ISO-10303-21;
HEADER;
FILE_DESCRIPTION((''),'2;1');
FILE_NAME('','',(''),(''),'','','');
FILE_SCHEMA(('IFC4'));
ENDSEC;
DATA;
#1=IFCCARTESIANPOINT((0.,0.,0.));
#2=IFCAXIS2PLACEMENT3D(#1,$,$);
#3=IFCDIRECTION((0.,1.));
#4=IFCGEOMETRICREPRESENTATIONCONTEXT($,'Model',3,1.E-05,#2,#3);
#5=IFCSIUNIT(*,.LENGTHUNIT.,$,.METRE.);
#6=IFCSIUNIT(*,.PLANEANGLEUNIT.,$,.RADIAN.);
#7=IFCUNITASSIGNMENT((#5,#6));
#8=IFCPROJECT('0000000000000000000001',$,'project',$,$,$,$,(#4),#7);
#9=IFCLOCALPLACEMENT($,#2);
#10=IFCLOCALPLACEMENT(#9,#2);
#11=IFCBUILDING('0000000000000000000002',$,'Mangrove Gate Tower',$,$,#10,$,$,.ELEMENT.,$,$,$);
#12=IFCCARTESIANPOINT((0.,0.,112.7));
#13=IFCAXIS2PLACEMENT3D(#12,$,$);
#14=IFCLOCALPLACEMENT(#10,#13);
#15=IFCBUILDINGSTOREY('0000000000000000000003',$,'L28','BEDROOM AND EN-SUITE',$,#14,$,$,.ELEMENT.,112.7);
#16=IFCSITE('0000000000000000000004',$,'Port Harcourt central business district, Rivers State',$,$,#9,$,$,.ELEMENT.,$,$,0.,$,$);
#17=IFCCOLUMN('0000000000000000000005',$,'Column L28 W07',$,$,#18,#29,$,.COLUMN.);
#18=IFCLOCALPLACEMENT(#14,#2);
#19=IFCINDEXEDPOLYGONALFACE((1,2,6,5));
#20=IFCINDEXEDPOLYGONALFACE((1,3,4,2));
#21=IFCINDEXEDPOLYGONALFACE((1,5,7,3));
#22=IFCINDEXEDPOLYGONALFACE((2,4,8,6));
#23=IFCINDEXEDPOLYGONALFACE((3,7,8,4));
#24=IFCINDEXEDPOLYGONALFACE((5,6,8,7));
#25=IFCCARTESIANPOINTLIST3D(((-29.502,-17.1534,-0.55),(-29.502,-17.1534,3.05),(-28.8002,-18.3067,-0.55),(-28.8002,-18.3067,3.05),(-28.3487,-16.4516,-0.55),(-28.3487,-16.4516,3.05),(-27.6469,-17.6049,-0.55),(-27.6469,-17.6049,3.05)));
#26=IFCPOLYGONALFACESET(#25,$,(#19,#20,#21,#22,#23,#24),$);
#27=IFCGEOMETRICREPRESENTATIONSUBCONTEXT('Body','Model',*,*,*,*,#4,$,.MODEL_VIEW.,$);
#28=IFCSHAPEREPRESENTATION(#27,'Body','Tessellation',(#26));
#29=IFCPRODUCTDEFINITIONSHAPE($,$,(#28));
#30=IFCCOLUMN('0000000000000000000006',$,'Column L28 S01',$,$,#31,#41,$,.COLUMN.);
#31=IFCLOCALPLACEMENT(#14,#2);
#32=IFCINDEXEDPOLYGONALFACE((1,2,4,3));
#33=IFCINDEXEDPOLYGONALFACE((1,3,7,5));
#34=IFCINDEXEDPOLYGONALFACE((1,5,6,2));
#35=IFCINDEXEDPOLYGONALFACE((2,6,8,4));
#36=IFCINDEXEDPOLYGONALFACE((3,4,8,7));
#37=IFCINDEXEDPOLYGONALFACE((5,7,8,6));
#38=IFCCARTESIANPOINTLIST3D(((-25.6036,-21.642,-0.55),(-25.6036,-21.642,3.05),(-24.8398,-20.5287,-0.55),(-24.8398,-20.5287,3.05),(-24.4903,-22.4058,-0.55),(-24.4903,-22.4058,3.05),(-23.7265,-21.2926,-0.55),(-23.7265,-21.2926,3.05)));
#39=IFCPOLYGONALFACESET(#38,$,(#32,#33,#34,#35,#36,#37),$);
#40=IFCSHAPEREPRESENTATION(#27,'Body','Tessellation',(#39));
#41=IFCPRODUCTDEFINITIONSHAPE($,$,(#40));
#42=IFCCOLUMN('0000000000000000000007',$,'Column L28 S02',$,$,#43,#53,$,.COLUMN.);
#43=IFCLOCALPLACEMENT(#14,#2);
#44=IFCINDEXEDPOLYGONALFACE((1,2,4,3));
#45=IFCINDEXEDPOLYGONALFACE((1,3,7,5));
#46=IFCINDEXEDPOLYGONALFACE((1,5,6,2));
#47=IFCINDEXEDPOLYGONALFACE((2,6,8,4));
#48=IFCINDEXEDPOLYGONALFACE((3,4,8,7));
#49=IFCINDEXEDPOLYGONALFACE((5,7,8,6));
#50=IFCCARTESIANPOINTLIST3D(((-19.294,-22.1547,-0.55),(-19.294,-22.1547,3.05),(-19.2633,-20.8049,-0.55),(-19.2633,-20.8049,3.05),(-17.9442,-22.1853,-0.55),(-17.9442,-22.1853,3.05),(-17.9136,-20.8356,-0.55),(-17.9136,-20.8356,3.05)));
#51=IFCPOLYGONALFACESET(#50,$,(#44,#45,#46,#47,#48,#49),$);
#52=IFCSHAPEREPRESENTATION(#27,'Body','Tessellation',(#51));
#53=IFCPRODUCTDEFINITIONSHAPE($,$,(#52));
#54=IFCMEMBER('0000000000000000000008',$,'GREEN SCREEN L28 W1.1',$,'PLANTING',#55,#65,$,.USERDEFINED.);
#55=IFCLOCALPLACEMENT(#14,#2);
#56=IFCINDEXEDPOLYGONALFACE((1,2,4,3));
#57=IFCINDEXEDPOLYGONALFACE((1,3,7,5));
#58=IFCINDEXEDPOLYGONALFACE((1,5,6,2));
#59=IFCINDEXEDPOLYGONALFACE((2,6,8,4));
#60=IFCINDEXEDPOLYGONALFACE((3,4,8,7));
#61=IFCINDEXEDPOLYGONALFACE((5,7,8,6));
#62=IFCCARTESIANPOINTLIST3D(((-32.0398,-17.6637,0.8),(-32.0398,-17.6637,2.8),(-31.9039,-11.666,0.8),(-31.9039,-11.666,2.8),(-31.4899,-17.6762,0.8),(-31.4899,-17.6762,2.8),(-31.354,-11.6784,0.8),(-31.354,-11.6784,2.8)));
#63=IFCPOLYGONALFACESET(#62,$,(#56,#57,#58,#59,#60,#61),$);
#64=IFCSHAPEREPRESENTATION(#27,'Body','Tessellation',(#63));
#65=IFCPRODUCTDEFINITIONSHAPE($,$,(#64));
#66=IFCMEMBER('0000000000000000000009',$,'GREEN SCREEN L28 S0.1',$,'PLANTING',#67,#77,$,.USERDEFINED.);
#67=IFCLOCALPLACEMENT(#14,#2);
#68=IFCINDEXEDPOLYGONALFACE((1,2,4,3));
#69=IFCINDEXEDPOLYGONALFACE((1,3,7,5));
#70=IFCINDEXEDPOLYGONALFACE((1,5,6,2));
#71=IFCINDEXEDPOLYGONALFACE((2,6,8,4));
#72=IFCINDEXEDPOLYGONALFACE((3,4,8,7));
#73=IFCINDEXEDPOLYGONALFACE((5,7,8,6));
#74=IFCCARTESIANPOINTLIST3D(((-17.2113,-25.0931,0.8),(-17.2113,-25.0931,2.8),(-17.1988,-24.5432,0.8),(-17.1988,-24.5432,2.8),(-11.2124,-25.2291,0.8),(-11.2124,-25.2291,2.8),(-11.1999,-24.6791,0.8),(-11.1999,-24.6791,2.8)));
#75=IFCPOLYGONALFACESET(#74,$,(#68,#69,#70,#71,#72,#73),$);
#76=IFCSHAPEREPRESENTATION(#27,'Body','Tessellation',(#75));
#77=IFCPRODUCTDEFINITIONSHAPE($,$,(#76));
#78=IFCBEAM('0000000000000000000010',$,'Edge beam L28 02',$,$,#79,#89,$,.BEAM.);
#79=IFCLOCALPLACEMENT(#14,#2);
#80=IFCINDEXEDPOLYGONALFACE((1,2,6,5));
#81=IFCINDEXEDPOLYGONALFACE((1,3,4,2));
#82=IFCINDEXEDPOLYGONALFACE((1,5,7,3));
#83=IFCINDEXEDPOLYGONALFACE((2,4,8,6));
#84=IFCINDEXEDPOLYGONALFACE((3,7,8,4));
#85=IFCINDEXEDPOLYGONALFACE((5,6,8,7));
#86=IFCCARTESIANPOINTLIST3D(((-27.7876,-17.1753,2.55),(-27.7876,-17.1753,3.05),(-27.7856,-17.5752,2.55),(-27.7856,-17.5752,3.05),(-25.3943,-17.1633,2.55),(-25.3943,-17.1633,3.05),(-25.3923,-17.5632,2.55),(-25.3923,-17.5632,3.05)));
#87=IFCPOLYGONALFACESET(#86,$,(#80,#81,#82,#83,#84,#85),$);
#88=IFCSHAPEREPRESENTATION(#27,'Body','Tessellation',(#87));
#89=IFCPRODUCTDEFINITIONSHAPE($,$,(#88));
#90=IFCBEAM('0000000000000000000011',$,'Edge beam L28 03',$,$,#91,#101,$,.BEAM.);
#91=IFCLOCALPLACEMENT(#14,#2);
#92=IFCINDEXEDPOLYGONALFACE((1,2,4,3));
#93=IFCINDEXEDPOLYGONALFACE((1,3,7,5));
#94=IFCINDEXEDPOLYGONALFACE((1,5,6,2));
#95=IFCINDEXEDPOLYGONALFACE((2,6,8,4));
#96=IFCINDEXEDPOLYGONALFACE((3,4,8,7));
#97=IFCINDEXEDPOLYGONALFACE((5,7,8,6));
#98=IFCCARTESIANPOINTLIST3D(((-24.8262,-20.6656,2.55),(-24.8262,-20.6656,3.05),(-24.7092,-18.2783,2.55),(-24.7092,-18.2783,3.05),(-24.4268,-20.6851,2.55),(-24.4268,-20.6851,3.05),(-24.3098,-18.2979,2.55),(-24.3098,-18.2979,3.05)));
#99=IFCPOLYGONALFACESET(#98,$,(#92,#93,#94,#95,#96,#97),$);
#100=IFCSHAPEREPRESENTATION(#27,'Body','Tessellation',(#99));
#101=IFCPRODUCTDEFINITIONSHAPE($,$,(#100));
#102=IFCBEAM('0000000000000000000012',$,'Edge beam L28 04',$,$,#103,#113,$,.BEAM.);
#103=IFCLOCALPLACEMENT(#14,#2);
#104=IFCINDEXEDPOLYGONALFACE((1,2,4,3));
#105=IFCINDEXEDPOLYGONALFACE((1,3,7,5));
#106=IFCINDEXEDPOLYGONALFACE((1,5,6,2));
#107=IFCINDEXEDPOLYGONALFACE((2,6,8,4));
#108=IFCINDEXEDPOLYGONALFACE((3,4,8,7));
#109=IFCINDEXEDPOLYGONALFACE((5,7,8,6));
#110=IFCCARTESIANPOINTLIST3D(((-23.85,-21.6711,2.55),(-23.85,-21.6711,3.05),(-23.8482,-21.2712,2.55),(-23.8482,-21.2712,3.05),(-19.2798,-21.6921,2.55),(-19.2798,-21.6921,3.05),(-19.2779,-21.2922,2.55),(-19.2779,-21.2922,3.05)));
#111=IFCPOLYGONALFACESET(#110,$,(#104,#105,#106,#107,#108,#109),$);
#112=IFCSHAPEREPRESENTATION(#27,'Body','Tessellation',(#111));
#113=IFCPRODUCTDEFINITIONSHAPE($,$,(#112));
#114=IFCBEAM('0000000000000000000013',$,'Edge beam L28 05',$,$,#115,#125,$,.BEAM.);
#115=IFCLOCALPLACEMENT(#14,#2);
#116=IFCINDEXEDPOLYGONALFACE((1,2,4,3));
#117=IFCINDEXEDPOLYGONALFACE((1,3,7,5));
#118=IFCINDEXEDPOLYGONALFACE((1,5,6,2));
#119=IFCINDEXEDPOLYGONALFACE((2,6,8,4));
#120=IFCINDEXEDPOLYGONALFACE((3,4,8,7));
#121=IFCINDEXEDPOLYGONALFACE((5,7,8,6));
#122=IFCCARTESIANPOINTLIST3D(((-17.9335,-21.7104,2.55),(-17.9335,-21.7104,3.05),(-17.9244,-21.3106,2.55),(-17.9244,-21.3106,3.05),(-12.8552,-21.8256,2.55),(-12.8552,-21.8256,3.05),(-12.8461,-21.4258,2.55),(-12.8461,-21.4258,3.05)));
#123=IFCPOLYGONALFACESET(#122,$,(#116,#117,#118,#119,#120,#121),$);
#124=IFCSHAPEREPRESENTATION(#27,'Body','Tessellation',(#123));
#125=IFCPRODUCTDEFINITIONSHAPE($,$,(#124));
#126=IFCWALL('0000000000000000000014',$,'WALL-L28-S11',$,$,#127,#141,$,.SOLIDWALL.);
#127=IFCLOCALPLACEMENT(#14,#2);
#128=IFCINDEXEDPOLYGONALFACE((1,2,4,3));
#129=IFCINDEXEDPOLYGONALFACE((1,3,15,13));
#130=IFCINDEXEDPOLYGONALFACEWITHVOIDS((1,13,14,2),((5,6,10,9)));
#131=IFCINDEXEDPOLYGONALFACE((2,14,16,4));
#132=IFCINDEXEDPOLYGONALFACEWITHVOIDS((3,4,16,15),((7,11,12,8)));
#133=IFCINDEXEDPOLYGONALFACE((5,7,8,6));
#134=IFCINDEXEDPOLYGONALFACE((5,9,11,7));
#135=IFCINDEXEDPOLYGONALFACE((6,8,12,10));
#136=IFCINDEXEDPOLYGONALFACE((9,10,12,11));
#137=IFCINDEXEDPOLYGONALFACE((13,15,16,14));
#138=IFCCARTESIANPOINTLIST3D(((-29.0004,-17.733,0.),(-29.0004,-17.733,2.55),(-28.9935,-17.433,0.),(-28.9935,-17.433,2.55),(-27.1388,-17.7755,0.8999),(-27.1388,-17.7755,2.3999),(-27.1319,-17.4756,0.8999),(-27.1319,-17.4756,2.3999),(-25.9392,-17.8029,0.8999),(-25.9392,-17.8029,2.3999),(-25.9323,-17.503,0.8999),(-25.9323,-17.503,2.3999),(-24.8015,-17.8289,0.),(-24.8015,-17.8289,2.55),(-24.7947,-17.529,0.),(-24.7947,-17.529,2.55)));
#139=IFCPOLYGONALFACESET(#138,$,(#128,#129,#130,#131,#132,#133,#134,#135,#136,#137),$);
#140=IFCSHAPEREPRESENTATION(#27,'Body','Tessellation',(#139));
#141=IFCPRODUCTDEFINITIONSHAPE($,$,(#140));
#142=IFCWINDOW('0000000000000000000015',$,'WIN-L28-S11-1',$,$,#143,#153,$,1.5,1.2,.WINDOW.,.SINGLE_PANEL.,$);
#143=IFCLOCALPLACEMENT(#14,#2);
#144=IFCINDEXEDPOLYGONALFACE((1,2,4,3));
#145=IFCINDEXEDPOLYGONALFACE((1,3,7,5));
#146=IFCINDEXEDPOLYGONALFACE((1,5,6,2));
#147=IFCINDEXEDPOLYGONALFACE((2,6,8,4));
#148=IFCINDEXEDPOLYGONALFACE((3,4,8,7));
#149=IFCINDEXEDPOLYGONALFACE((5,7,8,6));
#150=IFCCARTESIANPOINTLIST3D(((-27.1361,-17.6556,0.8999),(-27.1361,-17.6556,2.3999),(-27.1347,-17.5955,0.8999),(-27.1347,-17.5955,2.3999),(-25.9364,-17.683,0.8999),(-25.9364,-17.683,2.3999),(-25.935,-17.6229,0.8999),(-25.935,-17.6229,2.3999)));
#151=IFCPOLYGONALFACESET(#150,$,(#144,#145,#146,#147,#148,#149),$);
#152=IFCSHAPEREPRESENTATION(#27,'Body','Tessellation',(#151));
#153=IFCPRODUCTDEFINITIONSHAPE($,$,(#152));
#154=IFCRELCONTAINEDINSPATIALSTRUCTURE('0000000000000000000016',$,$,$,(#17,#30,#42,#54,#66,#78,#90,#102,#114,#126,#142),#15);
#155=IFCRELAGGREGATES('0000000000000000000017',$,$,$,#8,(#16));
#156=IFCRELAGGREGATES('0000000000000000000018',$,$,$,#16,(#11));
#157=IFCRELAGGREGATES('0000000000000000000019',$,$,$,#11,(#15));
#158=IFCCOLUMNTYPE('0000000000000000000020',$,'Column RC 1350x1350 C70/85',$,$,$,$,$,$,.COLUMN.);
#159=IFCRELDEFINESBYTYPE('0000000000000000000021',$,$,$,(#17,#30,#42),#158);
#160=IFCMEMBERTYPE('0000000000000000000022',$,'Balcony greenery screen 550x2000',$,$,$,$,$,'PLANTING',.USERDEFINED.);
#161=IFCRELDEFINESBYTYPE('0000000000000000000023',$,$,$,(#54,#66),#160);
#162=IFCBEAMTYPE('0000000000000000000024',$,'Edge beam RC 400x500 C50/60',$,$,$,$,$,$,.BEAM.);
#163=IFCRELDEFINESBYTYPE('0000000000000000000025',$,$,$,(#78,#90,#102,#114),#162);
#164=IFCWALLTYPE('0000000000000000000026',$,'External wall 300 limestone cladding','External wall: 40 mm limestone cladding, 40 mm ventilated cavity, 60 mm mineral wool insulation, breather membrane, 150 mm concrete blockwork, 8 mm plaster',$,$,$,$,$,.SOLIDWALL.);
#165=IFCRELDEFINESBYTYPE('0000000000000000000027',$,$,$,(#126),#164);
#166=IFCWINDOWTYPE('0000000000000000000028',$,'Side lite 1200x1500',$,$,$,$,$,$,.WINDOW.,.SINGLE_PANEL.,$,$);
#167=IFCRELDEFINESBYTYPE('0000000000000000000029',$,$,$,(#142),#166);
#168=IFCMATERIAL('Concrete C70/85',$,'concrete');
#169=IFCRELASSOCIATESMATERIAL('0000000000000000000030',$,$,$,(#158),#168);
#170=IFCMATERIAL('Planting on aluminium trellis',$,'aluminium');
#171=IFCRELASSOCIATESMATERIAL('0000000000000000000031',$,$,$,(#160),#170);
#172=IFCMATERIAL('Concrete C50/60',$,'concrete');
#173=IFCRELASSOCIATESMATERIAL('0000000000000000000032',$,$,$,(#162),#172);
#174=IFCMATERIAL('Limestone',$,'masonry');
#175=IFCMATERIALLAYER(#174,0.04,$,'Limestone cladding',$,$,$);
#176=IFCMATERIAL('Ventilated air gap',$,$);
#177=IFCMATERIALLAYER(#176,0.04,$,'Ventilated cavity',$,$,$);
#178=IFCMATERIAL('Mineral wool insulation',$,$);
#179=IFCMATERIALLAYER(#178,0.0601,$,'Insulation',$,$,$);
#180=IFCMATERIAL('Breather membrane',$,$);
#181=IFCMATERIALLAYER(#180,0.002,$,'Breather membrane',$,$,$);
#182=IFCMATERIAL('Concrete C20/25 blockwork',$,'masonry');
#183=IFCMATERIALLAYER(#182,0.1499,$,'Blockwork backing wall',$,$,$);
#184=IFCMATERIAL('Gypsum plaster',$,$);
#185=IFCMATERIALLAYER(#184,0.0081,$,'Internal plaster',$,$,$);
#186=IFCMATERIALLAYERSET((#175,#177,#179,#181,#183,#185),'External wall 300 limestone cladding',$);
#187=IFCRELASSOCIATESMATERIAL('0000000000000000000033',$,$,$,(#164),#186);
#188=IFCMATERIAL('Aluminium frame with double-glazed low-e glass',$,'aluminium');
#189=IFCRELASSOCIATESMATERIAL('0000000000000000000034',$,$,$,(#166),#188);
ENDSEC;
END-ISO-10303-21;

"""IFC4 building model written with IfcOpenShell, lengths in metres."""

from ifc_helpers import new_model, si_unit, direction, frame, frame_2d, origin, origin_2d, place, context, subcontext, project, spatial, rectangle, extrude, material, layer, layer_set, material_profile, profile_set, type_object, element, fill, save


model = new_model("IFC4")

# Units and contexts
model_context = context("Model", 3, precision=1e-05, world=origin(), true_north=direction((0.0, 1.0)))
body_context = subcontext(model_context, "Body", "Model", "MODEL_VIEW")
ifc_project = project(units=[si_unit("LENGTHUNIT", "METRE"), si_unit("PLANEANGLEUNIT", "RADIAN")], contexts=[model_context])

# Site, building, storey
site_placement = place(None, origin())
site = spatial("IfcSite", under=ifc_project, at=site_placement, Name="Port Harcourt central business district, Rivers State", CompositionType="ELEMENT", RefElevation=0.0)
building_placement = place(site_placement, origin())
building = spatial("IfcBuilding", under=site, at=building_placement, Name="Mangrove Gate Tower", CompositionType="ELEMENT")
storey_placement = place(building_placement, frame((0.0, 0.0, 112.7)))
storey = spatial("IfcBuildingStorey", under=building, at=storey_placement, Name="L28", Description="BEDROOM AND EN-SUITE", CompositionType="ELEMENT", Elevation=112.7)

# Columns
ifc_material_1 = material(Name="Concrete C70/85", Category="concrete")
ifc_material_profile_1 = material_profile(ifc_material_1, rectangle(XDim=1.3501, YDim=1.3501, at=origin_2d()))
ifc_profile_set_1 = profile_set([ifc_material_profile_1], Name="Concrete C70/85")
column_type = type_object("IfcColumnType", Name="Column RC 1350x1350 C70/85", PredefinedType="COLUMN", material=ifc_profile_set_1)
for number, where, z_axis, x_axis, name in (
    (1, (-28.5745, -17.3792, -0.55), (0.0, 0.0, 1.0), (0.519809, -0.854283, 0.0), "Column L28 W07"),
    (2, (-24.665, -21.4673, -0.55), (0.0, 0.0, 1.0), (0.824585, -0.565738, 0.0), "Column L28 S01"),
    (3, (-18.6038, -21.4951, -0.55), (0.0, 0.0, 1.0), (0.999742, -0.022707, 0.0), "Column L28 S02"),
):
    element("IfcColumn", number, at=place(storey_placement, frame(where, z_axis=z_axis, x_axis=x_axis)), inside=storey, type_object=column_type, Name=name, PredefinedType="COLUMN", context=body_context, shape_type="SweptSolid", body=[
        extrude(rectangle(XDim=1.3501, YDim=1.3501, at=origin_2d()), origin(), (0.0, 0.0, 1.0), 3.6001),
    ])

# Members
ifc_material_2 = material(Name="Planting on aluminium trellis", Category="aluminium")
ifc_material_profile_2 = material_profile(ifc_material_2, rectangle(XDim=0.55, YDim=2.0, at=origin_2d()))
ifc_profile_set_2 = profile_set([ifc_material_profile_2], Name="Planting on aluminium trellis")
member_type = type_object("IfcMemberType", Name="Balcony greenery screen 550x2000", ElementType="PLANTING", PredefinedType="USERDEFINED", material=ifc_profile_set_2)
member_1_placement = place(storey_placement, frame((-31.7649, -17.6699, 1.8), z_axis=(0.022667, 0.999743, 0.0), x_axis=(-0.999743, 0.022667, 0.0)))
element("IfcMember", 4, at=member_1_placement, inside=storey, type_object=member_type, Name="GREEN SCREEN L28 W1.1", ObjectType="PLANTING", PredefinedType="USERDEFINED", context=body_context, shape_type="SweptSolid", body=[
    extrude(rectangle(XDim=0.55, YDim=2.0, at=origin_2d()), origin(), (0.0, 0.0, 1.0), 5.9993),
])
member_2_placement = place(storey_placement, frame((-17.2051, -24.8181, 1.8), z_axis=(0.999743, -0.022662, 0.0), x_axis=(0.022662, 0.999743, 0.0)))
element("IfcMember", 5, at=member_2_placement, inside=storey, type_object=member_type, Name="GREEN SCREEN L28 S0.1", ObjectType="PLANTING", PredefinedType="USERDEFINED", context=body_context, shape_type="SweptSolid", body=[
    extrude(rectangle(XDim=0.55, YDim=2.0, at=origin_2d()), origin(), (0.0, 0.0, 1.0), 6.0005),
])

# Beams
ifc_material_3 = material(Name="Concrete C50/60", Category="concrete")
ifc_material_profile_3 = material_profile(ifc_material_3, rectangle(XDim=0.3999, YDim=0.5, at=origin_2d()))
ifc_profile_set_3 = profile_set([ifc_material_profile_3], Name="Concrete C50/60")
beam_type = type_object("IfcBeamType", Name="Edge beam RC 400x500 C50/60", PredefinedType="BEAM", material=ifc_profile_set_3)
beam_1_placement = place(storey_placement, frame((-27.7866, -17.3752, 2.8), z_axis=(0.999988, 0.004998, 0.0), x_axis=(-0.004998, 0.999988, 0.0)))
element("IfcBeam", 6, at=beam_1_placement, inside=storey, type_object=beam_type, Name="Edge beam L28 02", PredefinedType="BEAM", context=body_context, shape_type="SweptSolid", body=[
    extrude(rectangle(XDim=0.3999, YDim=0.5, at=origin_2d()), origin(), (0.0, 0.0, 1.0), 2.3933),
])
beam_2_placement = place(storey_placement, frame((-24.5095, -18.2881, 2.8), z_axis=(-0.048929, -0.998802, 0.0), x_axis=(0.998802, -0.048929, 0.0)))
element("IfcBeam", 7, at=beam_2_placement, inside=storey, type_object=beam_type, Name="Edge beam L28 03", PredefinedType="BEAM", context=body_context, shape_type="SweptSolid", body=[
    extrude(rectangle(XDim=0.3999, YDim=0.5, at=origin_2d()), origin(), (0.0, 0.0, 1.0), 2.3901),
])
beam_3_placement = place(storey_placement, frame((-23.8491, -21.4712, 2.8), z_axis=(0.999989, -0.004594, 0.0), x_axis=(0.004594, 0.999989, 0.0)))
element("IfcBeam", 8, at=beam_3_placement, inside=storey, type_object=beam_type, Name="Edge beam L28 04", PredefinedType="BEAM", context=body_context, shape_type="SweptSolid", body=[
    extrude(rectangle(XDim=0.3999, YDim=0.5, at=origin_2d()), origin(), (0.0, 0.0, 1.0), 4.5703),
])
beam_4_placement = place(storey_placement, frame((-17.929, -21.5105, 2.8), z_axis=(0.999743, -0.022685, 0.0), x_axis=(0.022685, 0.999743, 0.0)))
element("IfcBeam", 9, at=beam_4_placement, inside=storey, type_object=beam_type, Name="Edge beam L28 05", PredefinedType="BEAM", context=body_context, shape_type="SweptSolid", body=[
    extrude(rectangle(XDim=0.3999, YDim=0.5, at=origin_2d()), origin(), (0.0, 0.0, 1.0), 5.0796),
])

# Wall, opening, window
ifc_material_4 = material(Name="Limestone", Category="masonry")
ifc_layer_1 = layer(ifc_material_4, 0.04, Name="Limestone cladding")
ifc_material_5 = material(Name="Ventilated air gap")
ifc_layer_2 = layer(ifc_material_5, 0.04, Name="Ventilated cavity")
ifc_material_6 = material(Name="Mineral wool insulation")
ifc_layer_3 = layer(ifc_material_6, 0.0601, Name="Insulation")
ifc_material_7 = material(Name="Breather membrane")
ifc_layer_4 = layer(ifc_material_7, 0.002, Name="Breather membrane")
ifc_material_8 = material(Name="Concrete C20/25 blockwork", Category="masonry")
ifc_layer_5 = layer(ifc_material_8, 0.1499, Name="Blockwork backing wall")
ifc_material_9 = material(Name="Gypsum plaster")
ifc_layer_6 = layer(ifc_material_9, 0.0081, Name="Internal plaster")
ifc_layer_set_1 = layer_set([ifc_layer_1, ifc_layer_2, ifc_layer_3, ifc_layer_4, ifc_layer_5, ifc_layer_6], Name="External wall 300 limestone cladding")
wall_type_1 = type_object("IfcWallType", Name="External wall 300 limestone cladding", Description="External wall: 40 mm limestone cladding, 40 mm ventilated cavity, 60 mm mineral wool insulation, breather membrane, 150 mm concrete blockwork, 8 mm plaster", PredefinedType="SOLIDWALL", material=ifc_layer_set_1)
wall_1_placement = place(storey_placement, frame((-28.9971, -17.583, 0.0), z_axis=(0.0, 0.0, 1.0), x_axis=(0.999739, -0.022844, 0.0)))
wall_1 = element("IfcWall", 10, at=wall_1_placement, inside=storey, type_object=wall_type_1, Name="WALL-L28-S11", PredefinedType="SOLIDWALL", context=body_context, shape_type="SweptSolid", body=[
    extrude(rectangle(XDim=4.2, YDim=0.3, at=frame_2d((2.1001, 0.0))), origin(), (0.0, 0.0, 1.0), 2.55),
])
opening_1_placement = place(wall_1_placement, frame((1.8621, 0.0, 0.8999)))
opening_1 = element("IfcOpeningElement", 11, at=opening_1_placement, cuts=wall_1, PredefinedType="OPENING", context=body_context, shape_type="SweptSolid", body=[
    extrude(rectangle(XDim=1.2, YDim=1.5, at=frame_2d((0.6001, 0.75))), frame((0.0, 0.1599, 0.0), z_axis=(0.0, -1.0, 0.0), x_axis=(1.0, 0.0, 0.0)), (0.0, 0.0, 1.0), 0.3201),
])
ifc_material_10 = material(Name="Aluminium frame with double-glazed low-e glass", Category="aluminium")
window_type_1 = type_object("IfcWindowType", Name="Side lite 1200x1500", PartitioningType="SINGLE_PANEL", PredefinedType="WINDOW", material=ifc_material_10)
window_1_placement = place(opening_1_placement, origin())
window_1 = element("IfcWindow", 12, at=window_1_placement, inside=storey, type_object=window_type_1, Name="WIN-L28-S11-1", OverallHeight=1.5, OverallWidth=1.2, PartitioningType="SINGLE_PANEL", PredefinedType="WINDOW", context=body_context, shape_type="SweptSolid", body=[
    extrude(rectangle(XDim=1.2, YDim=1.5, at=frame_2d((0.6001, 0.75))), frame((0.0, 0.03, 0.0), z_axis=(0.0, -1.0, 0.0), x_axis=(1.0, 0.0, 0.0)), (0.0, 0.0, 1.0), 0.0601),
])
fill(opening_1, window_1)

save(model, "model.ifc")
